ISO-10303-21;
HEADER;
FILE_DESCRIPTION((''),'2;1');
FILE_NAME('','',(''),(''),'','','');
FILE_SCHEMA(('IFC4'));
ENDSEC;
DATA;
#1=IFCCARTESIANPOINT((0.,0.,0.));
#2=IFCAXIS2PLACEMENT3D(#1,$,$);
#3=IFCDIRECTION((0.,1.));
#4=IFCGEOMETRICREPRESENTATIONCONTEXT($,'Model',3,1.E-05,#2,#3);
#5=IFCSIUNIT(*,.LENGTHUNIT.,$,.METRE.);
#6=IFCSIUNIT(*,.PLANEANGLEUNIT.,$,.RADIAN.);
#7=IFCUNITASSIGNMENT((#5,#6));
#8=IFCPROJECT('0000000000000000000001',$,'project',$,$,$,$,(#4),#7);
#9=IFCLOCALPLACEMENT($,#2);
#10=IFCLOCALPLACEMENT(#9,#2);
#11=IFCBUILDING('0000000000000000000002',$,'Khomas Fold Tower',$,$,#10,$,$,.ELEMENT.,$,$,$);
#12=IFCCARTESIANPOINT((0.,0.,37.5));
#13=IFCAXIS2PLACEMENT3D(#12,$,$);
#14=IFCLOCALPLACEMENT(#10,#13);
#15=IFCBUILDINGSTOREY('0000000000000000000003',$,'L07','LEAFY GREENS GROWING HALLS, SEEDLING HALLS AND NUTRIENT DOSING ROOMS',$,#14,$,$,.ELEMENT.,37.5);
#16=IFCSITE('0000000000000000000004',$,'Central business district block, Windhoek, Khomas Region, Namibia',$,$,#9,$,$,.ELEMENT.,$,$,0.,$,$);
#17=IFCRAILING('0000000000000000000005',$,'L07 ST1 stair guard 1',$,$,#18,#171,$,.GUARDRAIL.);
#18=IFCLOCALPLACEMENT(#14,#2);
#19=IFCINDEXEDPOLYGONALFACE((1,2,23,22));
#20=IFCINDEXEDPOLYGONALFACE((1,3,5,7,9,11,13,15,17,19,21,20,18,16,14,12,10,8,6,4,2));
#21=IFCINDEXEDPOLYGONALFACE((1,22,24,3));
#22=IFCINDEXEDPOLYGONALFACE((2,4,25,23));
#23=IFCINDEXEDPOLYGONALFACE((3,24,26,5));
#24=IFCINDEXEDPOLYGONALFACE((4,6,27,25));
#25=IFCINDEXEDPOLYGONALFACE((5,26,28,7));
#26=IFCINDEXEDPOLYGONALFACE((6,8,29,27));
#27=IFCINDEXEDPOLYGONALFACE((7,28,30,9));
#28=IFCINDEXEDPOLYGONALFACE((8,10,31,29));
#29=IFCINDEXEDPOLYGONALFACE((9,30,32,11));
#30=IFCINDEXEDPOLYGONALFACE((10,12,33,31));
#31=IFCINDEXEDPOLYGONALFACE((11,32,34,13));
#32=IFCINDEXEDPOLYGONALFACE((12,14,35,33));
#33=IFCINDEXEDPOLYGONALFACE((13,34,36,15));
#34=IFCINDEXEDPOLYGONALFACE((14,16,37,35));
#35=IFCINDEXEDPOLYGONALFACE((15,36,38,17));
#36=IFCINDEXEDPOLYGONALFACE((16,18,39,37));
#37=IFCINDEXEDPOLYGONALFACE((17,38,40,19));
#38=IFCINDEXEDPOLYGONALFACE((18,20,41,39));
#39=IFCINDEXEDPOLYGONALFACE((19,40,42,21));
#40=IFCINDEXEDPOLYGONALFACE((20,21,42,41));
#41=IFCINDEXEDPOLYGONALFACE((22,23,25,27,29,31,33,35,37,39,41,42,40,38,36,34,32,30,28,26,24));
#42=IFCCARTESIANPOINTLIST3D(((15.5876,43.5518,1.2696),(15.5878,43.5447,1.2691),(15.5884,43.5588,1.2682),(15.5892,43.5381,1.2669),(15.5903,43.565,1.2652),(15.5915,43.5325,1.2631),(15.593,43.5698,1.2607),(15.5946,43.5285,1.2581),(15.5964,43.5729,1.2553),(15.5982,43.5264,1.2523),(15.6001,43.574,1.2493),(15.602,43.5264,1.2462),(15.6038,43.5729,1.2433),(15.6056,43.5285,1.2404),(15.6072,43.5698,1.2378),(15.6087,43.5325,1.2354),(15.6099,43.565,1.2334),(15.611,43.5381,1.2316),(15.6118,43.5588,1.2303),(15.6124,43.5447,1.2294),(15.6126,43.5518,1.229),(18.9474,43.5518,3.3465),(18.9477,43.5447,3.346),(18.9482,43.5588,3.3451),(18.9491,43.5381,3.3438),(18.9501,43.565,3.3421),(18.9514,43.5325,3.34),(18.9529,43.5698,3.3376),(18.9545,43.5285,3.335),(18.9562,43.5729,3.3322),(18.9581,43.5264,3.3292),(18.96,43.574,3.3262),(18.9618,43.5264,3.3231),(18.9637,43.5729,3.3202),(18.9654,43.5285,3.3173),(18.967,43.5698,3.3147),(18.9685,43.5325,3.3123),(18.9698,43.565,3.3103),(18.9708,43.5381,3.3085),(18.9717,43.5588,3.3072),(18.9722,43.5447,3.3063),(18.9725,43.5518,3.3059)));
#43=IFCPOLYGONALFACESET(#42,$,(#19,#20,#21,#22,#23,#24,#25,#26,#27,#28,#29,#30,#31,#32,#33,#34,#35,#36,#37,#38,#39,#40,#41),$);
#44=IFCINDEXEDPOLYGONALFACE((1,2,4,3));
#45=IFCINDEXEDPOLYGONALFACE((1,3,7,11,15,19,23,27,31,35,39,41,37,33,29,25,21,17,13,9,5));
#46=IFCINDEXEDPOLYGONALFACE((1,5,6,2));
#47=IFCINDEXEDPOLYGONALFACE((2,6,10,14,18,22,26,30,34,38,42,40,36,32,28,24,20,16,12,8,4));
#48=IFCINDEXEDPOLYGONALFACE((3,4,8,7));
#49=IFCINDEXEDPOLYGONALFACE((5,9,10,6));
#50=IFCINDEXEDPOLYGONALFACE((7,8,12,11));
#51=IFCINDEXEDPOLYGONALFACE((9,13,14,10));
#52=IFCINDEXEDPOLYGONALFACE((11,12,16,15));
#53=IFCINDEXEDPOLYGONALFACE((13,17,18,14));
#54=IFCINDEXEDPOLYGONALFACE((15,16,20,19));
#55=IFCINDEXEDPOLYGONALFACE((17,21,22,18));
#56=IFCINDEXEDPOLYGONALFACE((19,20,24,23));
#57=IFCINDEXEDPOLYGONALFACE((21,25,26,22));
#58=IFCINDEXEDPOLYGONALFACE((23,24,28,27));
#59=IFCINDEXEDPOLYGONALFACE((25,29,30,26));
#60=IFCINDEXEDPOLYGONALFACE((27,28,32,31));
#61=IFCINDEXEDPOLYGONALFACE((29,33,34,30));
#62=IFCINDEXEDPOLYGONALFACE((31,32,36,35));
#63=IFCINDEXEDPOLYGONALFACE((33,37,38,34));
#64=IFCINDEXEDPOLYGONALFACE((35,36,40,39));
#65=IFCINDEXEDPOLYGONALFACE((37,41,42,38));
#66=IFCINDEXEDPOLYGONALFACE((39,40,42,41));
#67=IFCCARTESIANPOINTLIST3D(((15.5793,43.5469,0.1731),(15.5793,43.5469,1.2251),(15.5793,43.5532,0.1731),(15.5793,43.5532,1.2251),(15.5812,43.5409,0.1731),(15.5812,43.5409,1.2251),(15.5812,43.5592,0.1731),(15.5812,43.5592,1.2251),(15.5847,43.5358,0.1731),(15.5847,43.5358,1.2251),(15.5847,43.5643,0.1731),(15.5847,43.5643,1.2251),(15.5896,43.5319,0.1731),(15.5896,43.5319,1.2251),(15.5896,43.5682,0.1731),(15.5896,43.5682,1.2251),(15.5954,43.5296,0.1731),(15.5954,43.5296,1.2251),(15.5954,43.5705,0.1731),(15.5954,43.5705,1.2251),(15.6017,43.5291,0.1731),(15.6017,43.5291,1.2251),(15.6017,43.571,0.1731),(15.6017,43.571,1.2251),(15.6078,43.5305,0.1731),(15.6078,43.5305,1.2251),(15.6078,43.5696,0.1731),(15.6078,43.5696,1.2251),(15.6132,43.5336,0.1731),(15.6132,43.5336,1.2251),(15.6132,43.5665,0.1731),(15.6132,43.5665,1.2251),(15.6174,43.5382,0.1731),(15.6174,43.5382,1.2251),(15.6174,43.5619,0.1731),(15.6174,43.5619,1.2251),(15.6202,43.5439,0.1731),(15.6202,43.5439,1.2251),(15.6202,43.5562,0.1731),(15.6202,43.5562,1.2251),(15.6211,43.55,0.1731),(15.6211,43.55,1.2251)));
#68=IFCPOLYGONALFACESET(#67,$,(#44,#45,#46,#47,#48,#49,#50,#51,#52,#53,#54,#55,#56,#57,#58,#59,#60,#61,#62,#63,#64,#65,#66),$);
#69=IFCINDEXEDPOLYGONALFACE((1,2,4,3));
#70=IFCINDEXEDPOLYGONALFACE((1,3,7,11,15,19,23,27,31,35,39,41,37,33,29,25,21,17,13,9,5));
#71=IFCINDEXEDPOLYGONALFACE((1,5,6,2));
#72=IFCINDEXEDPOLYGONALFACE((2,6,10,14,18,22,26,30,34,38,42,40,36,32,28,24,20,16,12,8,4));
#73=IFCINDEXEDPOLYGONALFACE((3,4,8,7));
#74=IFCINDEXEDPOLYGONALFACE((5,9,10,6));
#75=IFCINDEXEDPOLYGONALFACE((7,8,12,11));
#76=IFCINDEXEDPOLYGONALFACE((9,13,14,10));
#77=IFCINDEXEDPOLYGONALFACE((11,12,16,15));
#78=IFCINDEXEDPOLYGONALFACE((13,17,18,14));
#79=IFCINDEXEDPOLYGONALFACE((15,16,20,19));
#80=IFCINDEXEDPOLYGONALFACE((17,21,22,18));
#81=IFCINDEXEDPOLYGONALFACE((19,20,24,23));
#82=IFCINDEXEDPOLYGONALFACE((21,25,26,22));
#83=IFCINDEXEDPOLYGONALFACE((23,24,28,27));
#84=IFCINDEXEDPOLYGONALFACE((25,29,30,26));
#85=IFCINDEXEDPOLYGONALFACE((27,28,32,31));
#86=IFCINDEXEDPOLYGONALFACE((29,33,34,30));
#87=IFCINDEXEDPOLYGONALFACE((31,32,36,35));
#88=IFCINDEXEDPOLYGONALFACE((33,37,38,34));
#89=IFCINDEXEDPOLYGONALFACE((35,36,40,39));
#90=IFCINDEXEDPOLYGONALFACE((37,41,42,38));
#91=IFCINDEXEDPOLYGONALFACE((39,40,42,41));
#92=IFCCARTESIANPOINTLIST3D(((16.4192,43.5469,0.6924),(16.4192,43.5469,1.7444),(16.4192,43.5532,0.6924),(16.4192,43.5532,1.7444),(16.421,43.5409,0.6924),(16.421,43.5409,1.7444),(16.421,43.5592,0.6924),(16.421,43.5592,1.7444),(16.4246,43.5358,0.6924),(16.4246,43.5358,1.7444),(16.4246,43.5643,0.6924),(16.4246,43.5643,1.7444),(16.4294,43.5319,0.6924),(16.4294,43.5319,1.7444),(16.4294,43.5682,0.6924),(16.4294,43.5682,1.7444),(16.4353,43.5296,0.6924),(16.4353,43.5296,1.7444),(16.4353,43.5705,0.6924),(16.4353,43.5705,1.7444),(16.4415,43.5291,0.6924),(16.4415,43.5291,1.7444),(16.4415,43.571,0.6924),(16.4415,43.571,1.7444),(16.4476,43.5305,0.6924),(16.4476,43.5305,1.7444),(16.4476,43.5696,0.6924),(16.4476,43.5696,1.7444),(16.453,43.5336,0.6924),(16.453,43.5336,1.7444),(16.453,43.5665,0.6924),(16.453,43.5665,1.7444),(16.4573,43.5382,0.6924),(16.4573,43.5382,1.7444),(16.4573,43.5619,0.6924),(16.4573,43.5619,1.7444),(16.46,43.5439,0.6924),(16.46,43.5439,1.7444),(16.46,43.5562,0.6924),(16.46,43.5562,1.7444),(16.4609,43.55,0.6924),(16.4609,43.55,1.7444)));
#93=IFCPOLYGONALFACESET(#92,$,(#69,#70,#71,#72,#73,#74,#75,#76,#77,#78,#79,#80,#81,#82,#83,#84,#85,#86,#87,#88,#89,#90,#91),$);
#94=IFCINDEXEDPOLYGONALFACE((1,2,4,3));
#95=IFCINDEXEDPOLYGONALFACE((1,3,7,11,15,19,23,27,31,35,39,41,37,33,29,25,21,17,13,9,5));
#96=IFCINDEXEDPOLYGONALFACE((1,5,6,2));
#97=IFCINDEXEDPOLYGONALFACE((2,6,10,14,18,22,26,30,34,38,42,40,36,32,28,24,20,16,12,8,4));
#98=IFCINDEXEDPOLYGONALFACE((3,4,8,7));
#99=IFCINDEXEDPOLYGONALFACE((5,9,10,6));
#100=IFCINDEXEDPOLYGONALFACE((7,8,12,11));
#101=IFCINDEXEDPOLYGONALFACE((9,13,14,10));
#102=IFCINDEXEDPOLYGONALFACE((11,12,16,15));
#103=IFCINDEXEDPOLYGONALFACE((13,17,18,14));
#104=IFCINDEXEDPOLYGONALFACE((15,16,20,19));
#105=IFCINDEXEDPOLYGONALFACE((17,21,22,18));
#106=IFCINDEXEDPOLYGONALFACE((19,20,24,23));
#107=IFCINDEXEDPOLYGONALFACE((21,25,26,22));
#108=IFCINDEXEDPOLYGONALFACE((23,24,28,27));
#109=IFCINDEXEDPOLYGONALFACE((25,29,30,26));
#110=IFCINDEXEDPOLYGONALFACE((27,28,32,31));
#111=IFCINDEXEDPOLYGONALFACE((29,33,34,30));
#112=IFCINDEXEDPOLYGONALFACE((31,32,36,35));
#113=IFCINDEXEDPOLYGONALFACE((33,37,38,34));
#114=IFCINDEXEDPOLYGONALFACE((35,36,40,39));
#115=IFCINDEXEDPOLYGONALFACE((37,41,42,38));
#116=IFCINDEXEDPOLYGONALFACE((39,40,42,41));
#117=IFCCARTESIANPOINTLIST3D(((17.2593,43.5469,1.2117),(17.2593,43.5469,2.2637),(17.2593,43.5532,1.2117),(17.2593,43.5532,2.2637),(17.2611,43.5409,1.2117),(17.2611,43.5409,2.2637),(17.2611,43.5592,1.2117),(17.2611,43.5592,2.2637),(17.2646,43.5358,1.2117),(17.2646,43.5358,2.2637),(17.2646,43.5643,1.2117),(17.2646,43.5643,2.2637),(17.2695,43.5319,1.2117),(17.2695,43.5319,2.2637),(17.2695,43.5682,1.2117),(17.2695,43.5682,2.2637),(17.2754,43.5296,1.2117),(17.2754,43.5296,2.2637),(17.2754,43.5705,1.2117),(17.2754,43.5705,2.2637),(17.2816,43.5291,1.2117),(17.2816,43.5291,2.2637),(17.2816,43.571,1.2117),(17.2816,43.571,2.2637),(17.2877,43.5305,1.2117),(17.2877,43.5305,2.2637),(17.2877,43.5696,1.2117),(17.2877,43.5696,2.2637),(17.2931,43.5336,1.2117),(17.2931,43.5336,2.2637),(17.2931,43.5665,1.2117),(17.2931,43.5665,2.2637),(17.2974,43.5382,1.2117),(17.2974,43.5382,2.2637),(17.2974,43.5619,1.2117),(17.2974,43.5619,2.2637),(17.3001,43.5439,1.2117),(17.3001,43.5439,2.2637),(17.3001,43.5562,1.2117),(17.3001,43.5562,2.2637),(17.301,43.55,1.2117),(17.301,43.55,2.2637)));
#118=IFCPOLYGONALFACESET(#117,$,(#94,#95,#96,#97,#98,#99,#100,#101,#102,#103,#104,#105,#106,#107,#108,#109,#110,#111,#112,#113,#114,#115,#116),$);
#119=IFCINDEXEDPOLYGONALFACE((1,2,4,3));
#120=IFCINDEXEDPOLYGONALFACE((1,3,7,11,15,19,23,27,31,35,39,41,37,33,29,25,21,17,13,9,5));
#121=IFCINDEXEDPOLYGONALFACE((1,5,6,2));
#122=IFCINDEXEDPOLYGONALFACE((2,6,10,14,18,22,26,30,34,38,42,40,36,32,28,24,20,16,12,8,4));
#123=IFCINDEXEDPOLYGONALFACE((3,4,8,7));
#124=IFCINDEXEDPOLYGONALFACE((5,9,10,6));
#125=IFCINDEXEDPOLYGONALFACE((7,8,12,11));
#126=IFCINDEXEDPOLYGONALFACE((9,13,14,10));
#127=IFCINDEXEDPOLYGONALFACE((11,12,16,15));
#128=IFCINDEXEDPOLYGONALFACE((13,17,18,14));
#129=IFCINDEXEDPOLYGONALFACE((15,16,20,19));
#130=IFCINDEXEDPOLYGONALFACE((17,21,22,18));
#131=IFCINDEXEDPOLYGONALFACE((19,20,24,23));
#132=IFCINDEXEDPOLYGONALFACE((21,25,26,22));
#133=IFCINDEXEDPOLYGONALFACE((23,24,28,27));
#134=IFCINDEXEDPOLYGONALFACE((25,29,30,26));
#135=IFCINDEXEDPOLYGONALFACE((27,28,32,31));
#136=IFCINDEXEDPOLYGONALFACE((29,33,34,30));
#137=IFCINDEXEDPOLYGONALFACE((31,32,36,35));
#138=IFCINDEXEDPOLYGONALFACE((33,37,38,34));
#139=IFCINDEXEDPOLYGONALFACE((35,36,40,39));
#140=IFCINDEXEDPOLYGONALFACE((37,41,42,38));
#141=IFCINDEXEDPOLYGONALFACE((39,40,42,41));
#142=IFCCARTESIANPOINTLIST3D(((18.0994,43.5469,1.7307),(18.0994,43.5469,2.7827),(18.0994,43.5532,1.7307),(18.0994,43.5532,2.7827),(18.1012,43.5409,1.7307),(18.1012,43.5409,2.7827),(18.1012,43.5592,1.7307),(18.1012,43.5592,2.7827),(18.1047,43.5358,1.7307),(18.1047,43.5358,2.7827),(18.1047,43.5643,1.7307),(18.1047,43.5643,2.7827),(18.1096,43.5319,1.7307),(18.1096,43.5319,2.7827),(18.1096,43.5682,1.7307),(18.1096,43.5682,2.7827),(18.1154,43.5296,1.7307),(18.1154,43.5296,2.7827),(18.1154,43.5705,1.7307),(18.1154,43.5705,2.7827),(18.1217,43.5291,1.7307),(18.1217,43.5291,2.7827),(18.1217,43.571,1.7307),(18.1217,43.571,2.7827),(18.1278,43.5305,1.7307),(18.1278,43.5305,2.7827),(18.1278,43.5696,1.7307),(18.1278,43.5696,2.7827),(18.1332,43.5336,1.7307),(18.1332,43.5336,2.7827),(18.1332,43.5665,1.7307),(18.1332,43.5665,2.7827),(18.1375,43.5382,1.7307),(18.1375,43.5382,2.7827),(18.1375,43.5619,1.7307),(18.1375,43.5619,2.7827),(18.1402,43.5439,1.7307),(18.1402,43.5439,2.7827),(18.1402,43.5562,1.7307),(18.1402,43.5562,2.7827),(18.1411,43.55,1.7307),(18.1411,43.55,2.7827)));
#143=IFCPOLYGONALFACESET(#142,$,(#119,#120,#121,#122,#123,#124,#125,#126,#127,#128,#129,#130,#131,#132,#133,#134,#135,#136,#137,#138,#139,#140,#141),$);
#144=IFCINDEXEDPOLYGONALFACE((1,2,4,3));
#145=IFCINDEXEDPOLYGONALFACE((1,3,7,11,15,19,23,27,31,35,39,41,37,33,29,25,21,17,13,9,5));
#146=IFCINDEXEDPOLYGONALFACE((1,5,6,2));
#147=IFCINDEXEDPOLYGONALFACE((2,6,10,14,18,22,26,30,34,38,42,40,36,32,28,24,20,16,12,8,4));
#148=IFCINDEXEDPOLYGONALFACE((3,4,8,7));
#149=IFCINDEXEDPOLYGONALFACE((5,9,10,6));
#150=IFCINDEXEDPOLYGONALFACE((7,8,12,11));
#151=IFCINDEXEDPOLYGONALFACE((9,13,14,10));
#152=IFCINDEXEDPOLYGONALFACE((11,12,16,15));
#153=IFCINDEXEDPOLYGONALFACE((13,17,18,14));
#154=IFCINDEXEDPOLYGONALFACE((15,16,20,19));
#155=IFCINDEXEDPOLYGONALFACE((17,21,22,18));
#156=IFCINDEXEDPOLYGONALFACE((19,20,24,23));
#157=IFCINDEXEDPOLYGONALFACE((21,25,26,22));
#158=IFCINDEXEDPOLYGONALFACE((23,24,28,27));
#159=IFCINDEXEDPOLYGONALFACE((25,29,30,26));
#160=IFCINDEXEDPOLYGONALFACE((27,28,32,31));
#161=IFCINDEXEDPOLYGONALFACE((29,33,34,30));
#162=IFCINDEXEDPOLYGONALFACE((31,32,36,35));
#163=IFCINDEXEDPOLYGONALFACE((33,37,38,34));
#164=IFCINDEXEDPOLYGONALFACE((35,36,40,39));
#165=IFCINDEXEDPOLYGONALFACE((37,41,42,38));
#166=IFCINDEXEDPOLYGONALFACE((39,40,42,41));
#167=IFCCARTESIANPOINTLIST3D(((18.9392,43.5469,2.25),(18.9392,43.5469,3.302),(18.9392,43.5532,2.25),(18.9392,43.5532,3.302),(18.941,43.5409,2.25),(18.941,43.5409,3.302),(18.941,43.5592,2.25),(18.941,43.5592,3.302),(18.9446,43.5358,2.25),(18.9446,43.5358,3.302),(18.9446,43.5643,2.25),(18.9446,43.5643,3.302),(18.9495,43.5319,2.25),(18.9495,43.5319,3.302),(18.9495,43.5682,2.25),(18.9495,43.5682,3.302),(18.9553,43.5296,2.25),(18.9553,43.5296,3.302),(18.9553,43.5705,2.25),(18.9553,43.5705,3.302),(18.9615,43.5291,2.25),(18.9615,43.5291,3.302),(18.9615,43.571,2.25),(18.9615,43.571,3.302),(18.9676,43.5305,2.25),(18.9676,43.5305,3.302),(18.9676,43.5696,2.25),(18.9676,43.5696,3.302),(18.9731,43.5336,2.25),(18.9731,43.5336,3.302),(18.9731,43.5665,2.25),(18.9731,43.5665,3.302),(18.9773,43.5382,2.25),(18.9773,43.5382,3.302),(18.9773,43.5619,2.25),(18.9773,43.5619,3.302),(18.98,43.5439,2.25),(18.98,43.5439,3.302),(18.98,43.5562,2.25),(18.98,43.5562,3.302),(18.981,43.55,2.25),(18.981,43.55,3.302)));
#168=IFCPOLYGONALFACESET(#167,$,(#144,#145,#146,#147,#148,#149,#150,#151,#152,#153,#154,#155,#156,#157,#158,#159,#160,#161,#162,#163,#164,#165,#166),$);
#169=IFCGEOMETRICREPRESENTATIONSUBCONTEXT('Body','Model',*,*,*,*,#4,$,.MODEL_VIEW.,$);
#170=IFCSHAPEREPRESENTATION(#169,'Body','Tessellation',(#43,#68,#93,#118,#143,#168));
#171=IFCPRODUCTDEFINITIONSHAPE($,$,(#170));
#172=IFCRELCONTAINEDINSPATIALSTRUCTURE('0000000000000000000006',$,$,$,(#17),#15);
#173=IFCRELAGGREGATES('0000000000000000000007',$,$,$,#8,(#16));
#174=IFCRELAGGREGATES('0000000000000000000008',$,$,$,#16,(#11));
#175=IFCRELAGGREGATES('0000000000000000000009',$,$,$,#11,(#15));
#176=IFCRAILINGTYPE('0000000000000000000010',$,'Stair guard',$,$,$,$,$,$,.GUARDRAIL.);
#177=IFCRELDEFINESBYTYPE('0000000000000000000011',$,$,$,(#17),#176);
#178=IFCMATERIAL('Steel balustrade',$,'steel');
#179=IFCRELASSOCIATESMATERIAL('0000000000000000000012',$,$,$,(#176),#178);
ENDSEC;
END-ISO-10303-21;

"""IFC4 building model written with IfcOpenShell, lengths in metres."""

from ifc_helpers import new_model, si_unit, direction, frame, origin, origin_2d, place, context, subcontext, project, spatial, circle, extrude, source, transform, mapped, material, type_object, element, save


model = new_model("IFC4")

# Units and contexts
model_context = context("Model", 3, precision=1e-05, world=origin(), true_north=direction((0.0, 1.0)))
body_context = subcontext(model_context, "Body", "Model", "MODEL_VIEW")
ifc_project = project(units=[si_unit("LENGTHUNIT", "METRE"), si_unit("PLANEANGLEUNIT", "RADIAN")], contexts=[model_context])

# Site, building, storey
site_placement = place(None, origin())
site = spatial("IfcSite", under=ifc_project, at=site_placement, Name="Central business district block, Windhoek, Khomas Region, Namibia", CompositionType="ELEMENT", RefElevation=0.0)
building_placement = place(site_placement, origin())
building = spatial("IfcBuilding", under=site, at=building_placement, Name="Khomas Fold Tower", CompositionType="ELEMENT")
storey_placement = place(building_placement, frame((0.0, 0.0, 37.5)))
storey = spatial("IfcBuildingStorey", under=building, at=storey_placement, Name="L07", Description="LEAFY GREENS GROWING HALLS, SEEDLING HALLS AND NUTRIENT DOSING ROOMS", CompositionType="ELEMENT", Elevation=37.5)

# Railing
ifc_material_1 = material(Name="Steel balustrade", Category="steel")
railing_type_1 = type_object("IfcRailingType", Name="Stair guard", PredefinedType="GUARDRAIL", material=ifc_material_1)
shared_shape_1 = source(origin(), body_context, "Body", "SweptSolid", [
    extrude(circle(Radius=0.0239, at=origin_2d()), frame((0.0, 0.0, 1.0762), z_axis=(0.850606, 0.0, 0.525803), x_axis=(0.0, 1.0, 0.0)), (0.0, 0.0, 1.0), 3.95),
    extrude(circle(Radius=0.021, at=origin_2d()), origin(), (0.0, 0.0, 1.0), 1.052),
    extrude(circle(Radius=0.021, at=origin_2d()), frame((0.8398, 0.0, 0.5193)), (0.0, 0.0, 1.0), 1.052),
    extrude(circle(Radius=0.021, at=origin_2d()), frame((1.6799, 0.0, 1.0386)), (0.0, 0.0, 1.0), 1.052),
    extrude(circle(Radius=0.021, at=origin_2d()), frame((2.52, 0.0, 1.5576)), (0.0, 0.0, 1.0), 1.052),
    extrude(circle(Radius=0.021, at=origin_2d()), frame((3.3599, 0.0, 2.0769)), (0.0, 0.0, 1.0), 1.052),
])
railing_1_placement = place(storey_placement, frame((15.6001, 43.55, 0.1731)))
element("IfcRailing", 1, at=railing_1_placement, inside=storey, type_object=railing_type_1, Name="L07 ST1 stair guard 1", PredefinedType="GUARDRAIL", context=body_context, shape_type="MappedRepresentation", body=[
    mapped(shared_shape_1, transform((0.0, 0.0, 0.0))),
])

save(model, "model.ifc")
